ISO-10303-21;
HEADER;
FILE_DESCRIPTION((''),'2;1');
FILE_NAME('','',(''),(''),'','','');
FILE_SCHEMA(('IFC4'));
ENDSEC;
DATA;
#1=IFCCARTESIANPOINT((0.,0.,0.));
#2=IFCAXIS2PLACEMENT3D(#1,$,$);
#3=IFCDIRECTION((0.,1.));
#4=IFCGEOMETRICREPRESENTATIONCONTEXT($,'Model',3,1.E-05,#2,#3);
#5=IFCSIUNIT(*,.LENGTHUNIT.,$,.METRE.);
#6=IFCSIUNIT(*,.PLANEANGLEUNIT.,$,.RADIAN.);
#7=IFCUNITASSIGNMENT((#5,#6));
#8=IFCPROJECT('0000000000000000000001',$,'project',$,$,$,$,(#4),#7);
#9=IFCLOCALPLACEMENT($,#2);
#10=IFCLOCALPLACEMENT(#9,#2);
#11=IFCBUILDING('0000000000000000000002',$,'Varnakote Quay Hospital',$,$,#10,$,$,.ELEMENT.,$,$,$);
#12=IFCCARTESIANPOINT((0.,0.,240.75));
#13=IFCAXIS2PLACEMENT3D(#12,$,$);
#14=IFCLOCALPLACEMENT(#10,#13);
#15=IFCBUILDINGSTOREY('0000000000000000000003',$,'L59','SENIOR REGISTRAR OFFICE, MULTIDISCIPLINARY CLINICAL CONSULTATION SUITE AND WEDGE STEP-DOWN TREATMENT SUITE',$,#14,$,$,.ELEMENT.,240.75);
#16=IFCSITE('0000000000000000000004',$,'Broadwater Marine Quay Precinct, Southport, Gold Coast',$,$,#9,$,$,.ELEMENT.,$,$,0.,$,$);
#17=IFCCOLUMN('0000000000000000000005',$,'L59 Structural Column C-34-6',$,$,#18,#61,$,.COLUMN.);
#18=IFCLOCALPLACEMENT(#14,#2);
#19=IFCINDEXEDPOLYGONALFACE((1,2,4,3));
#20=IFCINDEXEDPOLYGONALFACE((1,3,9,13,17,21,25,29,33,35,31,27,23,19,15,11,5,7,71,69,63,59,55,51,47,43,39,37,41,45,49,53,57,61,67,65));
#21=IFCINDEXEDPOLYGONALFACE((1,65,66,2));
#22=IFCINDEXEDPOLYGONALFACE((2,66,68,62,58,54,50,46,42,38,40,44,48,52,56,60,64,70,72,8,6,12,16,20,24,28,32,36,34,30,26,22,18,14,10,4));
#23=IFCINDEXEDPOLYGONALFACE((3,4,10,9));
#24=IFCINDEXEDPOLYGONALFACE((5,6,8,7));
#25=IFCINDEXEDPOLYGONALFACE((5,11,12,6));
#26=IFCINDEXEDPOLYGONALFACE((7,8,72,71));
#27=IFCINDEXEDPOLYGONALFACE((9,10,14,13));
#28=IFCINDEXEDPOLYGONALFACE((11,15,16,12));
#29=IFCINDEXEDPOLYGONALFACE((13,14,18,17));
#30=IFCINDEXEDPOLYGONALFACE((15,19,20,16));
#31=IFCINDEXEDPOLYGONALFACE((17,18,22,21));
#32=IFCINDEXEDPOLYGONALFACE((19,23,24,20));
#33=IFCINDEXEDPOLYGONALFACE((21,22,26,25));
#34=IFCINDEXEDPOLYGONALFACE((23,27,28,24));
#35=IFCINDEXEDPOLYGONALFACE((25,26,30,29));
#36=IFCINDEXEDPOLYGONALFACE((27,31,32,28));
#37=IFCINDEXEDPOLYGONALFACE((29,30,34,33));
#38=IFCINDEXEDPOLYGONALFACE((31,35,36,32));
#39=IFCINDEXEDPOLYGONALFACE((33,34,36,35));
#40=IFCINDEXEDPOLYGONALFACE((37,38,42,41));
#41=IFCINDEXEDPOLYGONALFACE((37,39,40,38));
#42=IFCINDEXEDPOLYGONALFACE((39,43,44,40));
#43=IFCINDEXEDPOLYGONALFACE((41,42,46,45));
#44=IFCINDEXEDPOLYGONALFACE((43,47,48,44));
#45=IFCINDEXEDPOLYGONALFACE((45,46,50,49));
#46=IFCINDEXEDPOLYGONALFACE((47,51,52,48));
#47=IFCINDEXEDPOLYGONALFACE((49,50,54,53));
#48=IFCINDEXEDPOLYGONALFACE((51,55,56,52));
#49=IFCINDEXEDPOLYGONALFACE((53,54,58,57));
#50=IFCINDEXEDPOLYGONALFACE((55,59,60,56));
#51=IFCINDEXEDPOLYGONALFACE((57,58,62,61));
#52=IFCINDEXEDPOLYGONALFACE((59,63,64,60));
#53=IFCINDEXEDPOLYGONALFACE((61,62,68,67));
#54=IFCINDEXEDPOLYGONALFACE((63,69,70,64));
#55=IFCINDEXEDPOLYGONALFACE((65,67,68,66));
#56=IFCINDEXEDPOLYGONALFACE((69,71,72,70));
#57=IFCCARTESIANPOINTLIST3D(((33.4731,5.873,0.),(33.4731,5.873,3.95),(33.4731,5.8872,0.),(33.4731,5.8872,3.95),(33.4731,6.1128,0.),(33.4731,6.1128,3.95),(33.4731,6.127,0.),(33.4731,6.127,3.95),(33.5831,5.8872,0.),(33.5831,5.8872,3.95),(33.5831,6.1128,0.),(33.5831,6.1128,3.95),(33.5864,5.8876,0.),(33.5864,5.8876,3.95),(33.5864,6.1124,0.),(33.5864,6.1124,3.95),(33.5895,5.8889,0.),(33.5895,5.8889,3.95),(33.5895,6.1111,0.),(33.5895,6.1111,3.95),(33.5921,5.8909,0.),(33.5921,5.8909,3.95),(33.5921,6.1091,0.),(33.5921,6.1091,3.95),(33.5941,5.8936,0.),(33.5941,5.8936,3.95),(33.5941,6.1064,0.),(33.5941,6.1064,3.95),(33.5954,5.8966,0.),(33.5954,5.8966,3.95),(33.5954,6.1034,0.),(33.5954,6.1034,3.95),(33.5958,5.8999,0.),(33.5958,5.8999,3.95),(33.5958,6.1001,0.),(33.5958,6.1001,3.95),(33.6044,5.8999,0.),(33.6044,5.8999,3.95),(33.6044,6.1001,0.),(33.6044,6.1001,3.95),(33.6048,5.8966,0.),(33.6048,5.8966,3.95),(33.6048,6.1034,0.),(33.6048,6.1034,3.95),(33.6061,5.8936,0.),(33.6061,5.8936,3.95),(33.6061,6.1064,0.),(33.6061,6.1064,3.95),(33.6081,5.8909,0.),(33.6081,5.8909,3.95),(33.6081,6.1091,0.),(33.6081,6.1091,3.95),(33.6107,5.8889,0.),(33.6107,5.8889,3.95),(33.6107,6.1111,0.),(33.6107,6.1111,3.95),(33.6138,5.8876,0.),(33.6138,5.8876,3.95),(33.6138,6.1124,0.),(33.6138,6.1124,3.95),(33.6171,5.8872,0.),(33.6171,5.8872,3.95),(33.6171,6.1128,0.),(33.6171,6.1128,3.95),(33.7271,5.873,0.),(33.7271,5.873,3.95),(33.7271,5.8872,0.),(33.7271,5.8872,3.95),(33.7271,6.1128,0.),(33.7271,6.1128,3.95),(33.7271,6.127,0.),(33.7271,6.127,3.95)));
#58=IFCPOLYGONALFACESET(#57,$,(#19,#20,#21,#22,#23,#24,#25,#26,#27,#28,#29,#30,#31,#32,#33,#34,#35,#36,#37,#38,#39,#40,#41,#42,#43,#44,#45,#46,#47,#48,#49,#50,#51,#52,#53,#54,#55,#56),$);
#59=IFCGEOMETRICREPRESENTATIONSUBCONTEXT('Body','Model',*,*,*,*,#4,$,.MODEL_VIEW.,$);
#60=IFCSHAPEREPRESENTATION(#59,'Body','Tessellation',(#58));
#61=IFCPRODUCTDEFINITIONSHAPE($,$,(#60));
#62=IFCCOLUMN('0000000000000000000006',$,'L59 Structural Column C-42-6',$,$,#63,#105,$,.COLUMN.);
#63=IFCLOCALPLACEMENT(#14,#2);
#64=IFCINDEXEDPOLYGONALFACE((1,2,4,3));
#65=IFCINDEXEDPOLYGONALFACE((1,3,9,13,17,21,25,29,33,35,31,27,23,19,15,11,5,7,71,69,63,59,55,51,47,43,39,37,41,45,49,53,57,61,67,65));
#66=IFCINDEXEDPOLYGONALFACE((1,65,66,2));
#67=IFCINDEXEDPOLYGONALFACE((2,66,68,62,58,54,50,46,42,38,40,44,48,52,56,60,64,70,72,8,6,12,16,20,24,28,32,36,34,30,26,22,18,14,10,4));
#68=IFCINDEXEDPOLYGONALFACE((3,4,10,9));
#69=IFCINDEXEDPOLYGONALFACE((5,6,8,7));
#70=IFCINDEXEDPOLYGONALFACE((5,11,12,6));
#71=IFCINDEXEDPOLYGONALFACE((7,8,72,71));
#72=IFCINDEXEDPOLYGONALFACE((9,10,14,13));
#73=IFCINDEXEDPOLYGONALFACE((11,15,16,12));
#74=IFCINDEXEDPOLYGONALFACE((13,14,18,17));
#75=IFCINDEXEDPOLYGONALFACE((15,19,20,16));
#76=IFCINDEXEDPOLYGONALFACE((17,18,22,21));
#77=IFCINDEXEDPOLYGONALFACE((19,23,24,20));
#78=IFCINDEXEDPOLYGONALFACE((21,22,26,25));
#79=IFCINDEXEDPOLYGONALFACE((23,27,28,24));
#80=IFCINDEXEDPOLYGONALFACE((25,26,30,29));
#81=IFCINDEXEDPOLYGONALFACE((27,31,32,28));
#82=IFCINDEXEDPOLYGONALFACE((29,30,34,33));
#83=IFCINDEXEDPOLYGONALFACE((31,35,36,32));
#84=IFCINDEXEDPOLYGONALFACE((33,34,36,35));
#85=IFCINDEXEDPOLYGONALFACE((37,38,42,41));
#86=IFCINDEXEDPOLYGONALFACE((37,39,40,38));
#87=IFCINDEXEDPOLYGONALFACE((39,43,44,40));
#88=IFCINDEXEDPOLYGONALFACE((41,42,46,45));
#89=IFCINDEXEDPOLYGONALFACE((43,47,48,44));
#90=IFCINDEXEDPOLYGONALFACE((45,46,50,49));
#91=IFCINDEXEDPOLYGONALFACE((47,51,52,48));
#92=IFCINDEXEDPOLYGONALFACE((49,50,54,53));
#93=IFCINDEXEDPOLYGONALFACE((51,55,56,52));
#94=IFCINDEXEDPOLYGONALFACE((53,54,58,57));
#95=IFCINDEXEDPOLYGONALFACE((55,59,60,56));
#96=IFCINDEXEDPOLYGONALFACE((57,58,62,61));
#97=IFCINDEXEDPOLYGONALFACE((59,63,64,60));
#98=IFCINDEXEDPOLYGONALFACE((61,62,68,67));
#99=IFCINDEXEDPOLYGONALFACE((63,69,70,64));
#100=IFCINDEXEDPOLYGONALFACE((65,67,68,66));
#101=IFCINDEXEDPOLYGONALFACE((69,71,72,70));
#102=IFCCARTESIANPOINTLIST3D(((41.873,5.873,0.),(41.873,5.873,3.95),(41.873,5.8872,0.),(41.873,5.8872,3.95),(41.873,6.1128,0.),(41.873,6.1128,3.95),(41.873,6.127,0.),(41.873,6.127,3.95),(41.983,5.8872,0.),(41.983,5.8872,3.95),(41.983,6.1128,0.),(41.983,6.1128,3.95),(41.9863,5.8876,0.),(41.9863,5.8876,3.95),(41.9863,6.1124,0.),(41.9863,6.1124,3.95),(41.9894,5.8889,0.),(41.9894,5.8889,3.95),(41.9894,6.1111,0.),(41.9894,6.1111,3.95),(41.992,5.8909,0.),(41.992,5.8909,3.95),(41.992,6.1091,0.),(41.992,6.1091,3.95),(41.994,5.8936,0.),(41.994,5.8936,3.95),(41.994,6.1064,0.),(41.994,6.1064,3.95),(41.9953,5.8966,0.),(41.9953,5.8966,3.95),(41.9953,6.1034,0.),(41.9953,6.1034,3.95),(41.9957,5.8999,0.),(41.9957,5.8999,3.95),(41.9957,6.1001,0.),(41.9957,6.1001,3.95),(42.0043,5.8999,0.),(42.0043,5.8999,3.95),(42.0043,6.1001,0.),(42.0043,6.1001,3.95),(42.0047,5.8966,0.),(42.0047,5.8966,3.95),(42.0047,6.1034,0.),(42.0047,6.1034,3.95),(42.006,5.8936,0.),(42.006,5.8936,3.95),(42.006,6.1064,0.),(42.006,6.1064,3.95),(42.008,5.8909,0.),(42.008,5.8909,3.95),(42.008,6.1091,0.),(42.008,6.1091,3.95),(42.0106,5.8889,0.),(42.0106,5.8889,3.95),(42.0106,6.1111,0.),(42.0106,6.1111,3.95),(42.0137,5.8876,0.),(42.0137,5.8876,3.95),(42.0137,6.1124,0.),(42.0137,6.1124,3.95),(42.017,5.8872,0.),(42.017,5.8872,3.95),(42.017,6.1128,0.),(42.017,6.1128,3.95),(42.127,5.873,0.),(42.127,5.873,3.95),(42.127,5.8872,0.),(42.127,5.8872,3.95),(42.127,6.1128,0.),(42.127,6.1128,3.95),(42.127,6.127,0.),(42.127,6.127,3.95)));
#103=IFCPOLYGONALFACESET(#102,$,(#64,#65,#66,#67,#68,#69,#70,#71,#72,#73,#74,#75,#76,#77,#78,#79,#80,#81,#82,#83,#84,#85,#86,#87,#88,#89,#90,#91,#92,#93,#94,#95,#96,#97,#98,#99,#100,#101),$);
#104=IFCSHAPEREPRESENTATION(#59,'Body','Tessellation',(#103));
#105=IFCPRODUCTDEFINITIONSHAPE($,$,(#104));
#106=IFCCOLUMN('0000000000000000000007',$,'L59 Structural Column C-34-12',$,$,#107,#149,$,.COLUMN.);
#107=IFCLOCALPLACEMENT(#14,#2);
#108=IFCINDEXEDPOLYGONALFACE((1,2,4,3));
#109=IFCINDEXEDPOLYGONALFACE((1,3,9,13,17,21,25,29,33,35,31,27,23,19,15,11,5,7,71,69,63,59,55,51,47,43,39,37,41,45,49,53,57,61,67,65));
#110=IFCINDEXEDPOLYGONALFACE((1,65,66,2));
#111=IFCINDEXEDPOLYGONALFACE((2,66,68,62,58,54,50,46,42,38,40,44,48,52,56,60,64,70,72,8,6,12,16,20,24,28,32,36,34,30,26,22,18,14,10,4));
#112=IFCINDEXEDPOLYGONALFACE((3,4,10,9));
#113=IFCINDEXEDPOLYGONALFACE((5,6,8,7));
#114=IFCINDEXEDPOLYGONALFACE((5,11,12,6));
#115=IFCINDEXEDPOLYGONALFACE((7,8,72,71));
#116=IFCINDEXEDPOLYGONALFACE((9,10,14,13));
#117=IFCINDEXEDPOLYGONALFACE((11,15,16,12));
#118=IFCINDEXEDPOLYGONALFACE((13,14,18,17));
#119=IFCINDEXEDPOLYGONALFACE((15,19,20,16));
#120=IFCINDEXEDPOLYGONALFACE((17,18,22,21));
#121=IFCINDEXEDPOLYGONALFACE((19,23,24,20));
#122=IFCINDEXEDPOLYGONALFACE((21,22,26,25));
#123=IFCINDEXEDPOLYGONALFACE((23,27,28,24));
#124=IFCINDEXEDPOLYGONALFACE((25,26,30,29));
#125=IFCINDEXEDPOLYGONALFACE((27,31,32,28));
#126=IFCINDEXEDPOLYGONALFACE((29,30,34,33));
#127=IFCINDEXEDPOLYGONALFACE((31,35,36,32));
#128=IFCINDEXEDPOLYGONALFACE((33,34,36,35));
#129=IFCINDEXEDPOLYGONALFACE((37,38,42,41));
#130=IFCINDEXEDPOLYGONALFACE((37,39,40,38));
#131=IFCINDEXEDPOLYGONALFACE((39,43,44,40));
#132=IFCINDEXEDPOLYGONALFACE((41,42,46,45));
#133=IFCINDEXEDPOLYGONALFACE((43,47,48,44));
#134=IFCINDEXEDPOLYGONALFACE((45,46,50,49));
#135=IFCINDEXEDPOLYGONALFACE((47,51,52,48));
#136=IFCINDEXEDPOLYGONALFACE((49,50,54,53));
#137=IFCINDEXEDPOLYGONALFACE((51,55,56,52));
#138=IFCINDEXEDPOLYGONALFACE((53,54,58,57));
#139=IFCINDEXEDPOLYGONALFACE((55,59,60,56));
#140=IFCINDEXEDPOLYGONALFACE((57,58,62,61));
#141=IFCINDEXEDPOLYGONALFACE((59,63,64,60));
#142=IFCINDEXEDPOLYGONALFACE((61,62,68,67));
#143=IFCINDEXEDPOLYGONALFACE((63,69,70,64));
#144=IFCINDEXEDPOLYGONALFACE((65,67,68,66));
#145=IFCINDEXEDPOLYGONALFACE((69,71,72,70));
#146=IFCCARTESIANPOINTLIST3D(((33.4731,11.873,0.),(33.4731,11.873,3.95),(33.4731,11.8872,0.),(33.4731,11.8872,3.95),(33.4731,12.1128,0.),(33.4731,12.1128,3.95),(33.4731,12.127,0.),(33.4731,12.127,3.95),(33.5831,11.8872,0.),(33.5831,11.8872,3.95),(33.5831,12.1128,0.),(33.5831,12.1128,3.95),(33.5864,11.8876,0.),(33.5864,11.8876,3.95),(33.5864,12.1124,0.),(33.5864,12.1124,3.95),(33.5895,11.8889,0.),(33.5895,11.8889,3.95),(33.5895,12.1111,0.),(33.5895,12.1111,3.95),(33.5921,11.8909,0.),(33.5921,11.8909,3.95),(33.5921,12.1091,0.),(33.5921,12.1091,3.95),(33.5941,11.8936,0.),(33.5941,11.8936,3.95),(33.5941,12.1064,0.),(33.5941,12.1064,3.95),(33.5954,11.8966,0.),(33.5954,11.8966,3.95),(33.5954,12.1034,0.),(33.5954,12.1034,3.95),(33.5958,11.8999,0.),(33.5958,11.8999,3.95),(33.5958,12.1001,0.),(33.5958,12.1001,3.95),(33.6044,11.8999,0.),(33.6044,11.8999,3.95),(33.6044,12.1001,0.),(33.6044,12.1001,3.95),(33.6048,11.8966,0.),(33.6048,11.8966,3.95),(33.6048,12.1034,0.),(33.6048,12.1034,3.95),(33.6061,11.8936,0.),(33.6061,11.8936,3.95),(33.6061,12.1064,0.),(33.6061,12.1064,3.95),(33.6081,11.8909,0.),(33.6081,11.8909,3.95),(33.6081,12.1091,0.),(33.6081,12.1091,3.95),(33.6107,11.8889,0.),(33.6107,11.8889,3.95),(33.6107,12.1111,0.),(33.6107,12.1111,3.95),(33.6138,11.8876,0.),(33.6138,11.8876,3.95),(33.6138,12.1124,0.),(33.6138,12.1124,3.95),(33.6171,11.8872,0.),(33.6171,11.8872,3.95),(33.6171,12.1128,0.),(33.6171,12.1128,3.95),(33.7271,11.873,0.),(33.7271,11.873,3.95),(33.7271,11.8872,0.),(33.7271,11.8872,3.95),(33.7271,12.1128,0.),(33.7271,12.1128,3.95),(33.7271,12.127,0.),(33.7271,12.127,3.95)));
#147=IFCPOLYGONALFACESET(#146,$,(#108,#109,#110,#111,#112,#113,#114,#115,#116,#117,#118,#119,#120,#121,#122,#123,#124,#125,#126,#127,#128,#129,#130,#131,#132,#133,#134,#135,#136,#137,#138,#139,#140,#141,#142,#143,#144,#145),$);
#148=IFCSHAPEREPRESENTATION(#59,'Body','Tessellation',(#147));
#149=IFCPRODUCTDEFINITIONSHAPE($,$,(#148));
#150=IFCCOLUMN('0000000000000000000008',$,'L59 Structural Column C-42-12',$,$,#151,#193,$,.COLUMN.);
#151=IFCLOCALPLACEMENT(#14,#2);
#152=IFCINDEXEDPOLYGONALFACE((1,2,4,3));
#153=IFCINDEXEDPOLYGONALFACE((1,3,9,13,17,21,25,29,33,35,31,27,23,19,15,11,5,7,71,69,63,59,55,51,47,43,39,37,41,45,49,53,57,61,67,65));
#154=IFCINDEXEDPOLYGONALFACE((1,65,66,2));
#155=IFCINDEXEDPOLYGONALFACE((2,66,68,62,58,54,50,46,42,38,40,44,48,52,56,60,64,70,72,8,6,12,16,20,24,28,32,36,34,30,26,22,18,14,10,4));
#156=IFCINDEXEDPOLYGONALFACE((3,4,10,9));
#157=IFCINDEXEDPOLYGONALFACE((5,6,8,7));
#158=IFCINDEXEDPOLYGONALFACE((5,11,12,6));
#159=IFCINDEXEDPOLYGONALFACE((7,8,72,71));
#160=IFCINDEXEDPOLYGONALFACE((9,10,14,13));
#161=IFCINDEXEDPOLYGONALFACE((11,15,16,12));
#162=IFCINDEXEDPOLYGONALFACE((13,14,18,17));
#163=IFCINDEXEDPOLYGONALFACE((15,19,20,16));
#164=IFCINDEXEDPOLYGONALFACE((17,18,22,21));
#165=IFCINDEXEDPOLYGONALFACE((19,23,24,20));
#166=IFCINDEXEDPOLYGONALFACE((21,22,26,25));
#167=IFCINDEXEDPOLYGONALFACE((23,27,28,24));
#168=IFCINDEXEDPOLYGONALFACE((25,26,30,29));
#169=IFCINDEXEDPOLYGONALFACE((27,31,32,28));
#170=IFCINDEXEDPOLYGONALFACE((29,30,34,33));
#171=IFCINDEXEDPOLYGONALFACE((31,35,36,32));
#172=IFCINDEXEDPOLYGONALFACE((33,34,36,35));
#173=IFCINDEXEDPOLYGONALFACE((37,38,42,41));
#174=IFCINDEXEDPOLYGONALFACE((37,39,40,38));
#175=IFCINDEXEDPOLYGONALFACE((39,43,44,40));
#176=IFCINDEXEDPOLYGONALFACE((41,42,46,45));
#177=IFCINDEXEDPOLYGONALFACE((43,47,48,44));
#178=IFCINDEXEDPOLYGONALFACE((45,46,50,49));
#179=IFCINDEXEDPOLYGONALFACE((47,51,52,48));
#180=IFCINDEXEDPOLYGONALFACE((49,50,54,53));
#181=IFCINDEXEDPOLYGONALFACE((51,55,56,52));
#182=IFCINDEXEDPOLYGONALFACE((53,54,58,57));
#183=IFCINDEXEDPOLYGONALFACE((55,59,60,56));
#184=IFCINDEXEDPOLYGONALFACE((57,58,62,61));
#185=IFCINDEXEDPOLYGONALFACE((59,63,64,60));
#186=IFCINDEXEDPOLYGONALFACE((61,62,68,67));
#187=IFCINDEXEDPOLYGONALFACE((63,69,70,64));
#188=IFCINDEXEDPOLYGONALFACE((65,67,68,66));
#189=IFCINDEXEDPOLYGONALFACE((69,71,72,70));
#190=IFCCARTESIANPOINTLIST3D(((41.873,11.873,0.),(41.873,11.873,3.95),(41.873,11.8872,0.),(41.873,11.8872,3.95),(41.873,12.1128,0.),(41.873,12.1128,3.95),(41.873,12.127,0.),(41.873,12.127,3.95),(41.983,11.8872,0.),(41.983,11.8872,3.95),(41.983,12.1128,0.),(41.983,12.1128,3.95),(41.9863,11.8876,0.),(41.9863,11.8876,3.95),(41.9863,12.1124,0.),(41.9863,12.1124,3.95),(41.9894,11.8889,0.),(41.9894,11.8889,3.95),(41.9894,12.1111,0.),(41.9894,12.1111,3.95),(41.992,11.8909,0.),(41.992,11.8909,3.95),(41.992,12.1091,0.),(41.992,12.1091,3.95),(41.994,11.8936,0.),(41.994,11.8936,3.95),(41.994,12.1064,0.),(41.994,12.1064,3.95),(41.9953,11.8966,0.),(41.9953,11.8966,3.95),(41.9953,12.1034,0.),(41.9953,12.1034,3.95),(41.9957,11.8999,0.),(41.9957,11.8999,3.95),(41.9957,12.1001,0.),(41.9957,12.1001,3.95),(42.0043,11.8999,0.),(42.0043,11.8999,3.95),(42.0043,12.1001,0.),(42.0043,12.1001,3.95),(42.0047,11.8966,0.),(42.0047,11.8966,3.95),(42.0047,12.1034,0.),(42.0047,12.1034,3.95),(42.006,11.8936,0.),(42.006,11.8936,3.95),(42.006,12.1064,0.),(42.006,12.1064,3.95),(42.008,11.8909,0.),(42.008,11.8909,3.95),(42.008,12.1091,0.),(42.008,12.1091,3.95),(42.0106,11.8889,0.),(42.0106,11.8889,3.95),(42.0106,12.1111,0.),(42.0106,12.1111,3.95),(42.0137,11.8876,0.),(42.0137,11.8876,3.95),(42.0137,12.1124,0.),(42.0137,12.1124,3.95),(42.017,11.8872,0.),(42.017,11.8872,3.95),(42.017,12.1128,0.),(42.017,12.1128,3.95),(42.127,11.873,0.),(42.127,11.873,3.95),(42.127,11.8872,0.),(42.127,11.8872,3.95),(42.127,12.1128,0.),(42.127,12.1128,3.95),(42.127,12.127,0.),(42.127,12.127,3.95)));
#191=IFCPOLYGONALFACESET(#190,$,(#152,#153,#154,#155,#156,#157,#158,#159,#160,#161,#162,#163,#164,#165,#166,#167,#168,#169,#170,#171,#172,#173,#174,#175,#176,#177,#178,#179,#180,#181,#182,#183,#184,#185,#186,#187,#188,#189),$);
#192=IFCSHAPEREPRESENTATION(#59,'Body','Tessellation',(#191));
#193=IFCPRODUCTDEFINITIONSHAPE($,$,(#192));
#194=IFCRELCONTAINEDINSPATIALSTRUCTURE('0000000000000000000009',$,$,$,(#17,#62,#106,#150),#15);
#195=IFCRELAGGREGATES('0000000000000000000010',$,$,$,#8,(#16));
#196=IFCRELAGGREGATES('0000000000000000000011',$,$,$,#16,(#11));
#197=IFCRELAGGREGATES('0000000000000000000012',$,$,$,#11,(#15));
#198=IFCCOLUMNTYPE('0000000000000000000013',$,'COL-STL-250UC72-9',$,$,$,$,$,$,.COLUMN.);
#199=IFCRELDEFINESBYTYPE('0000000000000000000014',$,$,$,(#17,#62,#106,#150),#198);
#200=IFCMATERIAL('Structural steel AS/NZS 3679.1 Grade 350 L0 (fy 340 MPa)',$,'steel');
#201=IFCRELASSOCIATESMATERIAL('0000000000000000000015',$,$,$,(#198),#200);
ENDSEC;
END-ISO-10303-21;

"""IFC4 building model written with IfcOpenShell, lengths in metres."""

from ifc_helpers import new_model, si_unit, direction, frame, origin, origin_2d, place, context, subcontext, project, spatial, i_section, extrude, material, material_profile, profile_set, type_object, element, save


model = new_model("IFC4")

# Units and contexts
model_context = context("Model", 3, precision=1e-05, world=origin(), true_north=direction((0.0, 1.0)))
body_context = subcontext(model_context, "Body", "Model", "MODEL_VIEW")
ifc_project = project(units=[si_unit("LENGTHUNIT", "METRE"), si_unit("PLANEANGLEUNIT", "RADIAN")], contexts=[model_context])

# Site, building, storey
site_placement = place(None, origin())
site = spatial("IfcSite", under=ifc_project, at=site_placement, Name="Broadwater Marine Quay Precinct, Southport, Gold Coast", CompositionType="ELEMENT", RefElevation=0.0)
building_placement = place(site_placement, origin())
building = spatial("IfcBuilding", under=site, at=building_placement, Name="Varnakote Quay Hospital", CompositionType="ELEMENT")
storey_placement = place(building_placement, frame((0.0, 0.0, 240.75)))
storey = spatial("IfcBuildingStorey", under=building, at=storey_placement, Name="L59", Description="SENIOR REGISTRAR OFFICE, MULTIDISCIPLINARY CLINICAL CONSULTATION SUITE AND WEDGE STEP-DOWN TREATMENT SUITE", CompositionType="ELEMENT", Elevation=240.75)

# Columns
ifc_material_1 = material(Name="Structural steel AS/NZS 3679.1 Grade 350 L0 (fy 340 MPa)", Category="steel")
ifc_material_profile_1 = material_profile(ifc_material_1, i_section(OverallWidth=0.2539, OverallDepth=0.2539, WebThickness=0.0085, FlangeThickness=0.0142, FilletRadius=0.0127, at=origin_2d()), Name="250UC72.9")
ifc_profile_set_1 = profile_set([ifc_material_profile_1], Name="Structural steel AS/NZS 3679.1 Grade 350 L0 (fy 340 MPa)")
column_type_1 = type_object("IfcColumnType", Name="COL-STL-250UC72-9", PredefinedType="COLUMN", material=ifc_profile_set_1)
for number, where, z_axis, x_axis, name in (
    (1, (33.6001, 6.0, 0.0), (0.0, 0.0, 1.0), (1.0, 0.0, 0.0), "L59 Structural Column C-34-6"),
    (2, (42.0, 6.0, 0.0), (0.0, 0.0, 1.0), (1.0, 0.0, 0.0), "L59 Structural Column C-42-6"),
    (3, (33.6001, 12.0, 0.0), (0.0, 0.0, 1.0), (1.0, 0.0, 0.0), "L59 Structural Column C-34-12"),
    (4, (42.0, 12.0, 0.0), (0.0, 0.0, 1.0), (1.0, 0.0, 0.0), "L59 Structural Column C-42-12"),
):
    element("IfcColumn", number, at=place(storey_placement, frame(where, z_axis=z_axis, x_axis=x_axis)), inside=storey, type_object=column_type_1, Name=name, PredefinedType="COLUMN", context=body_context, shape_type="SweptSolid", body=[
        extrude(i_section(OverallWidth=0.2539, OverallDepth=0.2539, WebThickness=0.0085, FlangeThickness=0.0142, FilletRadius=0.0127, at=origin_2d()), origin(), (0.0, 0.0, 1.0), 3.95),
    ])

save(model, "model.ifc")
